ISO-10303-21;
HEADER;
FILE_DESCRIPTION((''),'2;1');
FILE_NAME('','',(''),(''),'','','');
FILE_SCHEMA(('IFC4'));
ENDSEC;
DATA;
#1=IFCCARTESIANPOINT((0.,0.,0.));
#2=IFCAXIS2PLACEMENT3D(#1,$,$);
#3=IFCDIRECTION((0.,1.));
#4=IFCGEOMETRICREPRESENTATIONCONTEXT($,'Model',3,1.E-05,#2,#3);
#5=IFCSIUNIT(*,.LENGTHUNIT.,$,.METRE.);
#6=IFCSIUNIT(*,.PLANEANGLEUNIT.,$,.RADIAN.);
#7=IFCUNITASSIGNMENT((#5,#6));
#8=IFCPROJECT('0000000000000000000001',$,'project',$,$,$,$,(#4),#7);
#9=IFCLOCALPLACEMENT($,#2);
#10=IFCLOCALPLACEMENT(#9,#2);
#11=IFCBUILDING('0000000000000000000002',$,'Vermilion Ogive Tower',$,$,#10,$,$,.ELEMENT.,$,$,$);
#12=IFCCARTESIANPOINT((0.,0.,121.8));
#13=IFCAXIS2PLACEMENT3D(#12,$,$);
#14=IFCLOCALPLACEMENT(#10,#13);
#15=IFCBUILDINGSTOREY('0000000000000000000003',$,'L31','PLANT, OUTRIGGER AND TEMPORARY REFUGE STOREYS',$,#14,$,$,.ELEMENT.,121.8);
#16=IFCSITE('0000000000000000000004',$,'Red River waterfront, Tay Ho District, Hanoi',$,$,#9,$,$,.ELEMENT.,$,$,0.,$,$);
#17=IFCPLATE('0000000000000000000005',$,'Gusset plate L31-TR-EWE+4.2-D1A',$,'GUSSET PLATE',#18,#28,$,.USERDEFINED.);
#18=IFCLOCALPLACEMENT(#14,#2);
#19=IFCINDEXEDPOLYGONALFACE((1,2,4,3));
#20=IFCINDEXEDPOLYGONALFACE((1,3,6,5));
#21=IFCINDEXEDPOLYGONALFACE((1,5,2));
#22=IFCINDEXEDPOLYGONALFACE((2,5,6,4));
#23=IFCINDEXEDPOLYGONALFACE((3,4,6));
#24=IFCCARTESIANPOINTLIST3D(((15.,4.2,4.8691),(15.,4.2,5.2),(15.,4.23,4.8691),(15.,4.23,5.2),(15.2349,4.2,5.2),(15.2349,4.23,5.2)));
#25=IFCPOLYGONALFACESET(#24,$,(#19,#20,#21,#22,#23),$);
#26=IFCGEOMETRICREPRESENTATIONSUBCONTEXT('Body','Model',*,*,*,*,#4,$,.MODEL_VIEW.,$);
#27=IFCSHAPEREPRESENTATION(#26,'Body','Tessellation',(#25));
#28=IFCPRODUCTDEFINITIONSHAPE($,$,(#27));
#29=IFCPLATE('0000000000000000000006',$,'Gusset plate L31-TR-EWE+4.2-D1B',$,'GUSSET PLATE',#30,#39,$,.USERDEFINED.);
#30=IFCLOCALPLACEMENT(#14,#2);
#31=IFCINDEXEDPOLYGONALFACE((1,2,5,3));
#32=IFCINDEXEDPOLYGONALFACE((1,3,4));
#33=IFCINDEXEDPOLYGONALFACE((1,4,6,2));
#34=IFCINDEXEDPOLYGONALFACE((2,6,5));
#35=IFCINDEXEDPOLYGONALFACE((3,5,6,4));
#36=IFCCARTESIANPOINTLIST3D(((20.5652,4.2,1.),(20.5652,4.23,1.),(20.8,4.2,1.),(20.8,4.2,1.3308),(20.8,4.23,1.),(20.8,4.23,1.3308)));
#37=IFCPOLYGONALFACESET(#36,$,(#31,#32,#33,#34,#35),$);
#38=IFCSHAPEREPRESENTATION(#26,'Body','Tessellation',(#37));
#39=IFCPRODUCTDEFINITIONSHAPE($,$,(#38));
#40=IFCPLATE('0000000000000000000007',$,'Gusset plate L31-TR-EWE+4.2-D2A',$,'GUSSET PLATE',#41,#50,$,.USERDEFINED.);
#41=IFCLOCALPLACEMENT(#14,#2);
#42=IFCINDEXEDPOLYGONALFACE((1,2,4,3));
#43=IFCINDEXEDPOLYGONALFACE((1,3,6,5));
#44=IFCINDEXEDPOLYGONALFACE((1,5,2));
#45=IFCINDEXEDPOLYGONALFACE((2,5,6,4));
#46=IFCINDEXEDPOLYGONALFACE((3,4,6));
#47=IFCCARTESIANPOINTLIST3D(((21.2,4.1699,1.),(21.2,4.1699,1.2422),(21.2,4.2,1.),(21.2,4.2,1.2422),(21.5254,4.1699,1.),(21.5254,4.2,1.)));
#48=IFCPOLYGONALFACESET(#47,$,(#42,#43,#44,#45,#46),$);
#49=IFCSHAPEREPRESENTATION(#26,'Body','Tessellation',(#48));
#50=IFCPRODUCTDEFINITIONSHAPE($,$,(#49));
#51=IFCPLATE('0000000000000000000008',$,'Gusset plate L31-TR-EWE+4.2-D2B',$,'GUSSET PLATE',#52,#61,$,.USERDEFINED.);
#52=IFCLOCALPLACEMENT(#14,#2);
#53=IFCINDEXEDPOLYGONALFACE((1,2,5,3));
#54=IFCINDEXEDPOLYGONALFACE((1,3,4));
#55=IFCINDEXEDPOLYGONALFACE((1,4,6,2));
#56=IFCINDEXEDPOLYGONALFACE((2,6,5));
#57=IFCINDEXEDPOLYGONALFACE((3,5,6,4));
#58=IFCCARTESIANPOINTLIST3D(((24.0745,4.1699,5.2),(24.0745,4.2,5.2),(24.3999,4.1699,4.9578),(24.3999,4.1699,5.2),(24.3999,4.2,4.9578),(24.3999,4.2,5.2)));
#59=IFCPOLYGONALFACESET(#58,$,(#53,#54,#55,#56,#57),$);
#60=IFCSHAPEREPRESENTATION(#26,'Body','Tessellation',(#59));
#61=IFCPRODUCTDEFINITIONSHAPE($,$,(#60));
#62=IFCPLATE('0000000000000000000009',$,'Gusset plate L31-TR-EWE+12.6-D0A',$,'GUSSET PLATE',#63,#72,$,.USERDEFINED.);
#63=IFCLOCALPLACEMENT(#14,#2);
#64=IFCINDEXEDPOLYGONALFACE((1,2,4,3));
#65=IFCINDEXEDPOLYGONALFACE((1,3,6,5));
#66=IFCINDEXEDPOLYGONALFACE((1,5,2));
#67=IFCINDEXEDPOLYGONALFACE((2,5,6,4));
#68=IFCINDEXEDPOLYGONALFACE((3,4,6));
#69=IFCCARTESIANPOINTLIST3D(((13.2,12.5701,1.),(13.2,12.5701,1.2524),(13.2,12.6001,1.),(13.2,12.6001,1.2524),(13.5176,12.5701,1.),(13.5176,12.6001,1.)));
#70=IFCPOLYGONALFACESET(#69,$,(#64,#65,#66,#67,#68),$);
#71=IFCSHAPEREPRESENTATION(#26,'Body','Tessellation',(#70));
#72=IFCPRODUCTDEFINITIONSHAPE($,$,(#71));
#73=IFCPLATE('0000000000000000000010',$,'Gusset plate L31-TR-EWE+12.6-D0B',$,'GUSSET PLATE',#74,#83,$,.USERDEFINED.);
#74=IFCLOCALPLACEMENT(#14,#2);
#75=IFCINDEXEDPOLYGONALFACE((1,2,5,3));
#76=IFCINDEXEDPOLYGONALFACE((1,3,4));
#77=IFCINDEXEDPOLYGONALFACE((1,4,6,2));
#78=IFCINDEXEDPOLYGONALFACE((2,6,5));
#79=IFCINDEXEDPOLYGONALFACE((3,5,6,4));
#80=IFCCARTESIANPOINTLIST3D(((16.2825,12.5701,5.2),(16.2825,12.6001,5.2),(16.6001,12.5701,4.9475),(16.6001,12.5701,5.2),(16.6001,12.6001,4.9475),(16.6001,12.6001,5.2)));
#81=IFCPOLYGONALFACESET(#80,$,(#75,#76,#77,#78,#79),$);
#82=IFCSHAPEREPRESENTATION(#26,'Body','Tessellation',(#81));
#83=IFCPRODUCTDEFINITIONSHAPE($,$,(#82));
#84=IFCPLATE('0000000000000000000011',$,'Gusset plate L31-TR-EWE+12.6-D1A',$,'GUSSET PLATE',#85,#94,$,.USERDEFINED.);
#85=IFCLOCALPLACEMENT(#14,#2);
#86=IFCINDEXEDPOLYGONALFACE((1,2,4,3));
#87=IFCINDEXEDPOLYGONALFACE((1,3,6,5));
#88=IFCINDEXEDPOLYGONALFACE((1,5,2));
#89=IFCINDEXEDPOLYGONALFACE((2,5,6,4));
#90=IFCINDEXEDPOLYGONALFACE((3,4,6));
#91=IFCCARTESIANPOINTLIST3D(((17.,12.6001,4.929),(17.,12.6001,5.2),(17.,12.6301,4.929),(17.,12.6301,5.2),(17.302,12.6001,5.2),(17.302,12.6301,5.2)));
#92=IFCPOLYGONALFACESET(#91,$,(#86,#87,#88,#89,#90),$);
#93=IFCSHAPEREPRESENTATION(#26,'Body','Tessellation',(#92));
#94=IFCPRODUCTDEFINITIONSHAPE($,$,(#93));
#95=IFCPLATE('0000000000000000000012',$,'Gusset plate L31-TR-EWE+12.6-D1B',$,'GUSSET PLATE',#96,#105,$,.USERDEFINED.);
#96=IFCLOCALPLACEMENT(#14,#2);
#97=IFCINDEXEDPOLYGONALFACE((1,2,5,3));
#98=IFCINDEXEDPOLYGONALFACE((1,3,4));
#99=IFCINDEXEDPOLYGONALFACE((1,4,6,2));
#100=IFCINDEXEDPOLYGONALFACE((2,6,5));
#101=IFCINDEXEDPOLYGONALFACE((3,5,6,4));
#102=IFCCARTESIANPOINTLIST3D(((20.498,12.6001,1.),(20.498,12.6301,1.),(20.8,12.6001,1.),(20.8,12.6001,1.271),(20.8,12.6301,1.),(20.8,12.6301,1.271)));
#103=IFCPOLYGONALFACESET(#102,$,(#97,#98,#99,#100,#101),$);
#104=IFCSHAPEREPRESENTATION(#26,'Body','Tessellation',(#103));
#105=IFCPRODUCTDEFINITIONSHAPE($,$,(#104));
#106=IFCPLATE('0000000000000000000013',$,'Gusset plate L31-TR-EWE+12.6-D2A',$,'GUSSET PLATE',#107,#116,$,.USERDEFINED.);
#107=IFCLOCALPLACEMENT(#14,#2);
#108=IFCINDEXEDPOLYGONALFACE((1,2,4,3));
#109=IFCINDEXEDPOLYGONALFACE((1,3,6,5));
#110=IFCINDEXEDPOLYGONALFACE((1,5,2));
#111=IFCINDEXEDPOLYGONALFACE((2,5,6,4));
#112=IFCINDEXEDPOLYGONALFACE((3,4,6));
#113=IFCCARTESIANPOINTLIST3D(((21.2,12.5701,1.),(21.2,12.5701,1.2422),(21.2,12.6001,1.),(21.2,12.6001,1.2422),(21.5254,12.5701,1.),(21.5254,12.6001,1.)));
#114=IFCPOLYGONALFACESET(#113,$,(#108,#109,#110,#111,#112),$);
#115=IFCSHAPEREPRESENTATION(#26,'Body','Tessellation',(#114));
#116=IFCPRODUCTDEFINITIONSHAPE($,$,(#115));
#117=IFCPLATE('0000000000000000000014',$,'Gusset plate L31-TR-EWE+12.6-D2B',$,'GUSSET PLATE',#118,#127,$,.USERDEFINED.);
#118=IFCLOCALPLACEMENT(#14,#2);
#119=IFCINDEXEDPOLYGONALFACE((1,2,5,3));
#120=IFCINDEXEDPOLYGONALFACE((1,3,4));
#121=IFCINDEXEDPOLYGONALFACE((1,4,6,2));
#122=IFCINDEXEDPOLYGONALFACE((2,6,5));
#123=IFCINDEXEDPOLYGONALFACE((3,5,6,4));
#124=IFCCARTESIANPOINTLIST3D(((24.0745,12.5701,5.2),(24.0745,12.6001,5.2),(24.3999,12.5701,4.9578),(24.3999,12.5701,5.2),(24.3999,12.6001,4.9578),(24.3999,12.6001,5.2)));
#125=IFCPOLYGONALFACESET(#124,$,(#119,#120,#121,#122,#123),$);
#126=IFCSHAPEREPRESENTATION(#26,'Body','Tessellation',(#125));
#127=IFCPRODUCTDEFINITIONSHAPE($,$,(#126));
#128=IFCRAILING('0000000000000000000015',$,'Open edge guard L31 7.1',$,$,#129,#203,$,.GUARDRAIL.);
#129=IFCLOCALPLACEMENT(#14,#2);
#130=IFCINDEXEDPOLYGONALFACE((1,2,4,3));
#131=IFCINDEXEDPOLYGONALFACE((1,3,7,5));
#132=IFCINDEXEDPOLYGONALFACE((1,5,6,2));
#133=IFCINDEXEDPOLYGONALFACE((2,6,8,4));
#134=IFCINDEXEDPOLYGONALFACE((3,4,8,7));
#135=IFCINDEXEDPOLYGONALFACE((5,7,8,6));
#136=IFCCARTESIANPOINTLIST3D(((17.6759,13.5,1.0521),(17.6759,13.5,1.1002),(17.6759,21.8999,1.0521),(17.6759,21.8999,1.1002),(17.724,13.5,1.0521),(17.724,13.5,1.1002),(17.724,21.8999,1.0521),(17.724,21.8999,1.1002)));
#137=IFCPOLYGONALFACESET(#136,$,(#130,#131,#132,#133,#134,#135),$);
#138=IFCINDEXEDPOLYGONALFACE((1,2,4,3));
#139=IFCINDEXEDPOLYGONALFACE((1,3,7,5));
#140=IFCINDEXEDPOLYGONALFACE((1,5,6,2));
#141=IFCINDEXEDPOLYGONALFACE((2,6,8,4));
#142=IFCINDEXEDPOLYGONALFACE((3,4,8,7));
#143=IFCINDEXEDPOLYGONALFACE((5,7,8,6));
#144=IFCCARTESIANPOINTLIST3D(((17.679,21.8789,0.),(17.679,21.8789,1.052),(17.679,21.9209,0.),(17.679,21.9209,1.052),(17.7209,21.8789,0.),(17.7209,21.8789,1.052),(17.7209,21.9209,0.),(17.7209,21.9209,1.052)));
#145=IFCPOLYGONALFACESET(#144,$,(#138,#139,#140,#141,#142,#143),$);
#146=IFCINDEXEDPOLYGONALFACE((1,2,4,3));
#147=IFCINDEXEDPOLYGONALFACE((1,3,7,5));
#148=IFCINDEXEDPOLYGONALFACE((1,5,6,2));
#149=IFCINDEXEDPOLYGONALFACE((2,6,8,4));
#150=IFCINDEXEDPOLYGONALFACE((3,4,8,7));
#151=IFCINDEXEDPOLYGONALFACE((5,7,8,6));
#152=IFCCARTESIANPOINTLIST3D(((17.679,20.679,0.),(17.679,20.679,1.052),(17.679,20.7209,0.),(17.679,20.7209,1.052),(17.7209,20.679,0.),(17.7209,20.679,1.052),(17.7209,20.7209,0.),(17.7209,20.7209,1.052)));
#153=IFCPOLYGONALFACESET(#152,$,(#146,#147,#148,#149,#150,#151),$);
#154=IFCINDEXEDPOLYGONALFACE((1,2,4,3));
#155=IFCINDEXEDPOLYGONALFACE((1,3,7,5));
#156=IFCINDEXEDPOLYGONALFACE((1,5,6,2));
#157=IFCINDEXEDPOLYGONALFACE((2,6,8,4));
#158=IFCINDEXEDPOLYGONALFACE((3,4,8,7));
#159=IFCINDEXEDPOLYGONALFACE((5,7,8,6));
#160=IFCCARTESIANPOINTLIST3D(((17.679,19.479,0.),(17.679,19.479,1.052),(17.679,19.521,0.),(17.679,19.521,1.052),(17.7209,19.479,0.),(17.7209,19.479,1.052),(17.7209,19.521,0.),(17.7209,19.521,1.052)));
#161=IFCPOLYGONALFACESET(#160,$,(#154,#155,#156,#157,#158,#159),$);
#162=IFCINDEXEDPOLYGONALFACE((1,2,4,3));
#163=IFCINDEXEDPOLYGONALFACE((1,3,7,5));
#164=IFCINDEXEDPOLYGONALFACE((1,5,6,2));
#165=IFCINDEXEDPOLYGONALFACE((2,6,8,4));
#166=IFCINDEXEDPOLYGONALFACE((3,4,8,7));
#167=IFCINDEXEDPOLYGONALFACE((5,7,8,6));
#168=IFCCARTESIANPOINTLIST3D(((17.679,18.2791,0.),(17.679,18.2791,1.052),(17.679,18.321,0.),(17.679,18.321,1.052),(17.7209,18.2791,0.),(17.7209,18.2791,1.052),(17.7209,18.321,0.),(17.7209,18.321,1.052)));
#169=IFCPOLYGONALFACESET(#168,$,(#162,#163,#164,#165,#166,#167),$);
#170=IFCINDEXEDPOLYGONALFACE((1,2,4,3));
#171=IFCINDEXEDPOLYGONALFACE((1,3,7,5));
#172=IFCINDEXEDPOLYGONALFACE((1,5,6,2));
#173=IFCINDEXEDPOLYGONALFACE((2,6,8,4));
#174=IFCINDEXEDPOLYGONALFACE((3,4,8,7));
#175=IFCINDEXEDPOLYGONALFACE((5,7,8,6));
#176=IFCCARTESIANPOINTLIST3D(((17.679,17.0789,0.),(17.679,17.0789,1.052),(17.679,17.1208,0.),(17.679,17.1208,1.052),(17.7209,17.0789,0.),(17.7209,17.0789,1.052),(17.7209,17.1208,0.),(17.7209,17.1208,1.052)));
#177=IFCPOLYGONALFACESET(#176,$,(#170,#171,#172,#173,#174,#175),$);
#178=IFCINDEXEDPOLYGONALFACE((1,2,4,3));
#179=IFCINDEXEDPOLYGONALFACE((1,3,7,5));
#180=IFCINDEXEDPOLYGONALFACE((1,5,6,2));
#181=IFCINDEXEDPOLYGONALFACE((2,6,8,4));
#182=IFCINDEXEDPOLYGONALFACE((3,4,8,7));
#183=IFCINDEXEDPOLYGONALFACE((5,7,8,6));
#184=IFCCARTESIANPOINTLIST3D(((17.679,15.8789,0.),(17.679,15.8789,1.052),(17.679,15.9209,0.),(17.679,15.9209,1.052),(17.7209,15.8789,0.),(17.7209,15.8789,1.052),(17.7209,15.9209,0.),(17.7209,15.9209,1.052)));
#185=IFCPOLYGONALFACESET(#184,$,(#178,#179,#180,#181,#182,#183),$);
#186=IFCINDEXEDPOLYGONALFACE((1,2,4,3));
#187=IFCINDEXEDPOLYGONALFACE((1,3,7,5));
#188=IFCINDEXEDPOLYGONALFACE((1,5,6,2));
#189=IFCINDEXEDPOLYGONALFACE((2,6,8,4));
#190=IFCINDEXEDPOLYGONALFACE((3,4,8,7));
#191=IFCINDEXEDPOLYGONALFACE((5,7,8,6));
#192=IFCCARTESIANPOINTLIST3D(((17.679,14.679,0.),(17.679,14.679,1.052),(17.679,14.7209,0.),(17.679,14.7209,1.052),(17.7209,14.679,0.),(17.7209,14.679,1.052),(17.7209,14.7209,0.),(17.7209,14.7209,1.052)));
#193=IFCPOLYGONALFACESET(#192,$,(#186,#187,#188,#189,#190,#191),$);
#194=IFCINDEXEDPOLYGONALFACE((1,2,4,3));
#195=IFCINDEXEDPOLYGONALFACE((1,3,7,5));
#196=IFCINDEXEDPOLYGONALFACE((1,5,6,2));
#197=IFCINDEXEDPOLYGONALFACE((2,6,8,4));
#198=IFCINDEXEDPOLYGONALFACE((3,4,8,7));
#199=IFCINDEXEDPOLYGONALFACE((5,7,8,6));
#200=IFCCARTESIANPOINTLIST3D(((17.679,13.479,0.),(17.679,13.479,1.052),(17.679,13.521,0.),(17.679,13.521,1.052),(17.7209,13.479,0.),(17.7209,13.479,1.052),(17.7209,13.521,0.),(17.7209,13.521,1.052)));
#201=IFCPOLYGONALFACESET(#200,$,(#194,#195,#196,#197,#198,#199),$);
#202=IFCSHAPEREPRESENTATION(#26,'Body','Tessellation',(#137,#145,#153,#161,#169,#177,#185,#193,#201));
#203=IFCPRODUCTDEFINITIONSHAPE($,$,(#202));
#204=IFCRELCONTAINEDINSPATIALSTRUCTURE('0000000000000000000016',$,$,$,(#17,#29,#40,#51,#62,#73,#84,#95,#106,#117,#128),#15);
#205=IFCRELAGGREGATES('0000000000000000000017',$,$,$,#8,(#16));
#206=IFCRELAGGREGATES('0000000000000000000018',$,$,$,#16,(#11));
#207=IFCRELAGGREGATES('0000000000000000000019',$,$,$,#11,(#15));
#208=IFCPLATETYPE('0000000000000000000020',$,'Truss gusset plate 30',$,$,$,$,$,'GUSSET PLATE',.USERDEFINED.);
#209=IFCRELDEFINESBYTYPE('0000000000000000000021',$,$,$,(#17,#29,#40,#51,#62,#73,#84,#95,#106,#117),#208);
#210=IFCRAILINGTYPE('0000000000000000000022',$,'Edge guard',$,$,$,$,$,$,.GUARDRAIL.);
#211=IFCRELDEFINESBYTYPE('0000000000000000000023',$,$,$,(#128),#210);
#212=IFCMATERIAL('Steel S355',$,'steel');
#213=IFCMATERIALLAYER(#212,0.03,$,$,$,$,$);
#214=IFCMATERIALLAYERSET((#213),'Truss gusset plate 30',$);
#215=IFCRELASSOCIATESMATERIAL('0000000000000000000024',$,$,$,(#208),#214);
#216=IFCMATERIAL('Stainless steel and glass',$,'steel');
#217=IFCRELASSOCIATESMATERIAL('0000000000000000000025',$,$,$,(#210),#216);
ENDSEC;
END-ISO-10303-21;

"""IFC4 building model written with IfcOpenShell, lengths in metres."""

from ifc_helpers import new_model, si_unit, direction, frame, origin, origin_2d, place, context, subcontext, project, spatial, polyline, rectangle, outline, extrude, material, layer, layer_set, type_object, element, save


model = new_model("IFC4")

# Units and contexts
model_context = context("Model", 3, precision=1e-05, world=origin(), true_north=direction((0.0, 1.0)))
body_context = subcontext(model_context, "Body", "Model", "MODEL_VIEW")
ifc_project = project(units=[si_unit("LENGTHUNIT", "METRE"), si_unit("PLANEANGLEUNIT", "RADIAN")], contexts=[model_context])

# Site, building, storey
site_placement = place(None, origin())
site = spatial("IfcSite", under=ifc_project, at=site_placement, Name="Red River waterfront, Tay Ho District, Hanoi", CompositionType="ELEMENT", RefElevation=0.0)
building_placement = place(site_placement, origin())
building = spatial("IfcBuilding", under=site, at=building_placement, Name="Vermilion Ogive Tower", CompositionType="ELEMENT")
storey_placement = place(building_placement, frame((0.0, 0.0, 121.8)))
storey = spatial("IfcBuildingStorey", under=building, at=storey_placement, Name="L31", Description="PLANT, OUTRIGGER AND TEMPORARY REFUGE STOREYS", CompositionType="ELEMENT", Elevation=121.8)

# Plates
ifc_material_1 = material(Name="Steel S355", Category="steel")
ifc_layer = layer(ifc_material_1, 0.03)
ifc_layer_set = layer_set([ifc_layer], Name="Truss gusset plate 30")
plate_type = type_object("IfcPlateType", Name="Truss gusset plate 30", ElementType="GUSSET PLATE", PredefinedType="USERDEFINED", material=ifc_layer_set)
for number, where, z_axis, x_axis, name in (
    (1, (15.0, 4.2, 4.8691), (0.0, -1.0, 0.0), (0.578902, 0.0, 0.815397), "Gusset plate L31-TR-EWE+4.2-D1A"),
    (2, (20.8, 4.2, 1.3308), (0.0, -1.0, 0.0), (-0.578902, 0.0, -0.815397), "Gusset plate L31-TR-EWE+4.2-D1B"),
):
    element("IfcPlate", number, at=place(storey_placement, frame(where, z_axis=z_axis, x_axis=x_axis)), inside=storey, type_object=plate_type, Name=name, ObjectType="GUSSET PLATE", PredefinedType="USERDEFINED", context=body_context, shape_type="SweptSolid", body=[
        extrude(outline(polyline([(0.0, 0.0), (0.4057, 0.0), (0.2697, 0.1915), (0.0, 0.0)])), origin(), (0.0, 0.0, -1.0), 0.03),
    ])
for number, where, z_axis, x_axis, name in (
    (3, (21.2, 4.2, 1.2422), (0.0, 1.0, 0.0), (0.802233, 0.0, -0.597011), "Gusset plate L31-TR-EWE+4.2-D2A"),
    (4, (24.3999, 4.2, 4.9578), (0.0, 1.0, 0.0), (-0.802233, 0.0, 0.597011), "Gusset plate L31-TR-EWE+4.2-D2B"),
):
    element("IfcPlate", number, at=place(storey_placement, frame(where, z_axis=z_axis, x_axis=x_axis)), inside=storey, type_object=plate_type, Name=name, ObjectType="GUSSET PLATE", PredefinedType="USERDEFINED", context=body_context, shape_type="SweptSolid", body=[
        extrude(outline(polyline([(0.0, 0.0), (0.4057, 0.0), (0.1446, 0.1943), (0.0, 0.0)])), origin(), (0.0, 0.0, -1.0), 0.03),
    ])
for number, where, z_axis, x_axis, name in (
    (5, (13.2, 12.6001, 1.2524), (0.0, 1.0, 0.0), (0.782861, 0.0, -0.622197), "Gusset plate L31-TR-EWE+12.6-D0A"),
    (6, (16.6001, 12.6001, 4.9475), (0.0, 1.0, 0.0), (-0.782861, 0.0, 0.622197), "Gusset plate L31-TR-EWE+12.6-D0B"),
):
    element("IfcPlate", number, at=place(storey_placement, frame(where, z_axis=z_axis, x_axis=x_axis)), inside=storey, type_object=plate_type, Name=name, ObjectType="GUSSET PLATE", PredefinedType="USERDEFINED", context=body_context, shape_type="SweptSolid", body=[
        extrude(outline(polyline([(0.0, 0.0), (0.4057, 0.0), (0.1571, 0.1976), (0.0, 0.0)])), origin(), (0.0, 0.0, -1.0), 0.03),
    ])
for number, where, z_axis, x_axis, name in (
    (7, (17.0, 12.6001, 4.929), (0.0, -1.0, 0.0), (0.744281, 0.0, 0.667867), "Gusset plate L31-TR-EWE+12.6-D1A"),
    (8, (20.8, 12.6001, 1.271), (0.0, -1.0, 0.0), (-0.744281, 0.0, -0.667867), "Gusset plate L31-TR-EWE+12.6-D1B"),
):
    element("IfcPlate", number, at=place(storey_placement, frame(where, z_axis=z_axis, x_axis=x_axis)), inside=storey, type_object=plate_type, Name=name, ObjectType="GUSSET PLATE", PredefinedType="USERDEFINED", context=body_context, shape_type="SweptSolid", body=[
        extrude(outline(polyline([(0.0, 0.0), (0.4058, 0.0), (0.181, 0.2017), (0.0, 0.0)])), origin(), (0.0, 0.0, -1.0), 0.03),
    ])
for number, where, z_axis, x_axis, name in (
    (9, (21.2, 12.6001, 1.2422), (0.0, 1.0, 0.0), (0.802233, 0.0, -0.597011), "Gusset plate L31-TR-EWE+12.6-D2A"),
    (10, (24.3999, 12.6001, 4.9578), (0.0, 1.0, 0.0), (-0.802233, 0.0, 0.597011), "Gusset plate L31-TR-EWE+12.6-D2B"),
):
    element("IfcPlate", number, at=place(storey_placement, frame(where, z_axis=z_axis, x_axis=x_axis)), inside=storey, type_object=plate_type, Name=name, ObjectType="GUSSET PLATE", PredefinedType="USERDEFINED", context=body_context, shape_type="SweptSolid", body=[
        extrude(outline(polyline([(0.0, 0.0), (0.4057, 0.0), (0.1446, 0.1943), (0.0, 0.0)])), origin(), (0.0, 0.0, -1.0), 0.03),
    ])

# Railing
ifc_material_2 = material(Name="Stainless steel and glass", Category="steel")
railing_type = type_object("IfcRailingType", Name="Edge guard", PredefinedType="GUARDRAIL", material=ifc_material_2)
railing_1_placement = place(storey_placement, frame((17.7, 21.8999, 0.0)))
element("IfcRailing", 11, at=railing_1_placement, inside=storey, type_object=railing_type, Name="Open edge guard L31 7.1", PredefinedType="GUARDRAIL", context=body_context, shape_type="SweptSolid", body=[
    extrude(rectangle(XDim=0.0481, YDim=0.0481, at=origin_2d()), frame((0.0, 0.0, 1.0762), z_axis=(0.0, -1.0, 0.0), x_axis=(1.0, 0.0, 0.0)), (0.0, 0.0, 1.0), 8.3999),
    extrude(rectangle(XDim=0.042, YDim=0.042, at=origin_2d()), origin(), (0.0, 0.0, 1.0), 1.052),
    extrude(rectangle(XDim=0.042, YDim=0.042, at=origin_2d()), frame((0.0, -1.2, 0.0)), (0.0, 0.0, 1.0), 1.052),
    extrude(rectangle(XDim=0.042, YDim=0.042, at=origin_2d()), frame((0.0, -2.3999, 0.0)), (0.0, 0.0, 1.0), 1.052),
    extrude(rectangle(XDim=0.042, YDim=0.042, at=origin_2d()), frame((0.0, -3.5999, 0.0)), (0.0, 0.0, 1.0), 1.052),
    extrude(rectangle(XDim=0.042, YDim=0.042, at=origin_2d()), frame((0.0, -4.8, 0.0)), (0.0, 0.0, 1.0), 1.052),
    extrude(rectangle(XDim=0.042, YDim=0.042, at=origin_2d()), frame((0.0, -6.0, 0.0)), (0.0, 0.0, 1.0), 1.052),
    extrude(rectangle(XDim=0.042, YDim=0.042, at=origin_2d()), frame((0.0, -7.2, 0.0)), (0.0, 0.0, 1.0), 1.052),
    extrude(rectangle(XDim=0.042, YDim=0.042, at=origin_2d()), frame((0.0, -8.3999, 0.0)), (0.0, 0.0, 1.0), 1.052),
])

save(model, "model.ifc")
